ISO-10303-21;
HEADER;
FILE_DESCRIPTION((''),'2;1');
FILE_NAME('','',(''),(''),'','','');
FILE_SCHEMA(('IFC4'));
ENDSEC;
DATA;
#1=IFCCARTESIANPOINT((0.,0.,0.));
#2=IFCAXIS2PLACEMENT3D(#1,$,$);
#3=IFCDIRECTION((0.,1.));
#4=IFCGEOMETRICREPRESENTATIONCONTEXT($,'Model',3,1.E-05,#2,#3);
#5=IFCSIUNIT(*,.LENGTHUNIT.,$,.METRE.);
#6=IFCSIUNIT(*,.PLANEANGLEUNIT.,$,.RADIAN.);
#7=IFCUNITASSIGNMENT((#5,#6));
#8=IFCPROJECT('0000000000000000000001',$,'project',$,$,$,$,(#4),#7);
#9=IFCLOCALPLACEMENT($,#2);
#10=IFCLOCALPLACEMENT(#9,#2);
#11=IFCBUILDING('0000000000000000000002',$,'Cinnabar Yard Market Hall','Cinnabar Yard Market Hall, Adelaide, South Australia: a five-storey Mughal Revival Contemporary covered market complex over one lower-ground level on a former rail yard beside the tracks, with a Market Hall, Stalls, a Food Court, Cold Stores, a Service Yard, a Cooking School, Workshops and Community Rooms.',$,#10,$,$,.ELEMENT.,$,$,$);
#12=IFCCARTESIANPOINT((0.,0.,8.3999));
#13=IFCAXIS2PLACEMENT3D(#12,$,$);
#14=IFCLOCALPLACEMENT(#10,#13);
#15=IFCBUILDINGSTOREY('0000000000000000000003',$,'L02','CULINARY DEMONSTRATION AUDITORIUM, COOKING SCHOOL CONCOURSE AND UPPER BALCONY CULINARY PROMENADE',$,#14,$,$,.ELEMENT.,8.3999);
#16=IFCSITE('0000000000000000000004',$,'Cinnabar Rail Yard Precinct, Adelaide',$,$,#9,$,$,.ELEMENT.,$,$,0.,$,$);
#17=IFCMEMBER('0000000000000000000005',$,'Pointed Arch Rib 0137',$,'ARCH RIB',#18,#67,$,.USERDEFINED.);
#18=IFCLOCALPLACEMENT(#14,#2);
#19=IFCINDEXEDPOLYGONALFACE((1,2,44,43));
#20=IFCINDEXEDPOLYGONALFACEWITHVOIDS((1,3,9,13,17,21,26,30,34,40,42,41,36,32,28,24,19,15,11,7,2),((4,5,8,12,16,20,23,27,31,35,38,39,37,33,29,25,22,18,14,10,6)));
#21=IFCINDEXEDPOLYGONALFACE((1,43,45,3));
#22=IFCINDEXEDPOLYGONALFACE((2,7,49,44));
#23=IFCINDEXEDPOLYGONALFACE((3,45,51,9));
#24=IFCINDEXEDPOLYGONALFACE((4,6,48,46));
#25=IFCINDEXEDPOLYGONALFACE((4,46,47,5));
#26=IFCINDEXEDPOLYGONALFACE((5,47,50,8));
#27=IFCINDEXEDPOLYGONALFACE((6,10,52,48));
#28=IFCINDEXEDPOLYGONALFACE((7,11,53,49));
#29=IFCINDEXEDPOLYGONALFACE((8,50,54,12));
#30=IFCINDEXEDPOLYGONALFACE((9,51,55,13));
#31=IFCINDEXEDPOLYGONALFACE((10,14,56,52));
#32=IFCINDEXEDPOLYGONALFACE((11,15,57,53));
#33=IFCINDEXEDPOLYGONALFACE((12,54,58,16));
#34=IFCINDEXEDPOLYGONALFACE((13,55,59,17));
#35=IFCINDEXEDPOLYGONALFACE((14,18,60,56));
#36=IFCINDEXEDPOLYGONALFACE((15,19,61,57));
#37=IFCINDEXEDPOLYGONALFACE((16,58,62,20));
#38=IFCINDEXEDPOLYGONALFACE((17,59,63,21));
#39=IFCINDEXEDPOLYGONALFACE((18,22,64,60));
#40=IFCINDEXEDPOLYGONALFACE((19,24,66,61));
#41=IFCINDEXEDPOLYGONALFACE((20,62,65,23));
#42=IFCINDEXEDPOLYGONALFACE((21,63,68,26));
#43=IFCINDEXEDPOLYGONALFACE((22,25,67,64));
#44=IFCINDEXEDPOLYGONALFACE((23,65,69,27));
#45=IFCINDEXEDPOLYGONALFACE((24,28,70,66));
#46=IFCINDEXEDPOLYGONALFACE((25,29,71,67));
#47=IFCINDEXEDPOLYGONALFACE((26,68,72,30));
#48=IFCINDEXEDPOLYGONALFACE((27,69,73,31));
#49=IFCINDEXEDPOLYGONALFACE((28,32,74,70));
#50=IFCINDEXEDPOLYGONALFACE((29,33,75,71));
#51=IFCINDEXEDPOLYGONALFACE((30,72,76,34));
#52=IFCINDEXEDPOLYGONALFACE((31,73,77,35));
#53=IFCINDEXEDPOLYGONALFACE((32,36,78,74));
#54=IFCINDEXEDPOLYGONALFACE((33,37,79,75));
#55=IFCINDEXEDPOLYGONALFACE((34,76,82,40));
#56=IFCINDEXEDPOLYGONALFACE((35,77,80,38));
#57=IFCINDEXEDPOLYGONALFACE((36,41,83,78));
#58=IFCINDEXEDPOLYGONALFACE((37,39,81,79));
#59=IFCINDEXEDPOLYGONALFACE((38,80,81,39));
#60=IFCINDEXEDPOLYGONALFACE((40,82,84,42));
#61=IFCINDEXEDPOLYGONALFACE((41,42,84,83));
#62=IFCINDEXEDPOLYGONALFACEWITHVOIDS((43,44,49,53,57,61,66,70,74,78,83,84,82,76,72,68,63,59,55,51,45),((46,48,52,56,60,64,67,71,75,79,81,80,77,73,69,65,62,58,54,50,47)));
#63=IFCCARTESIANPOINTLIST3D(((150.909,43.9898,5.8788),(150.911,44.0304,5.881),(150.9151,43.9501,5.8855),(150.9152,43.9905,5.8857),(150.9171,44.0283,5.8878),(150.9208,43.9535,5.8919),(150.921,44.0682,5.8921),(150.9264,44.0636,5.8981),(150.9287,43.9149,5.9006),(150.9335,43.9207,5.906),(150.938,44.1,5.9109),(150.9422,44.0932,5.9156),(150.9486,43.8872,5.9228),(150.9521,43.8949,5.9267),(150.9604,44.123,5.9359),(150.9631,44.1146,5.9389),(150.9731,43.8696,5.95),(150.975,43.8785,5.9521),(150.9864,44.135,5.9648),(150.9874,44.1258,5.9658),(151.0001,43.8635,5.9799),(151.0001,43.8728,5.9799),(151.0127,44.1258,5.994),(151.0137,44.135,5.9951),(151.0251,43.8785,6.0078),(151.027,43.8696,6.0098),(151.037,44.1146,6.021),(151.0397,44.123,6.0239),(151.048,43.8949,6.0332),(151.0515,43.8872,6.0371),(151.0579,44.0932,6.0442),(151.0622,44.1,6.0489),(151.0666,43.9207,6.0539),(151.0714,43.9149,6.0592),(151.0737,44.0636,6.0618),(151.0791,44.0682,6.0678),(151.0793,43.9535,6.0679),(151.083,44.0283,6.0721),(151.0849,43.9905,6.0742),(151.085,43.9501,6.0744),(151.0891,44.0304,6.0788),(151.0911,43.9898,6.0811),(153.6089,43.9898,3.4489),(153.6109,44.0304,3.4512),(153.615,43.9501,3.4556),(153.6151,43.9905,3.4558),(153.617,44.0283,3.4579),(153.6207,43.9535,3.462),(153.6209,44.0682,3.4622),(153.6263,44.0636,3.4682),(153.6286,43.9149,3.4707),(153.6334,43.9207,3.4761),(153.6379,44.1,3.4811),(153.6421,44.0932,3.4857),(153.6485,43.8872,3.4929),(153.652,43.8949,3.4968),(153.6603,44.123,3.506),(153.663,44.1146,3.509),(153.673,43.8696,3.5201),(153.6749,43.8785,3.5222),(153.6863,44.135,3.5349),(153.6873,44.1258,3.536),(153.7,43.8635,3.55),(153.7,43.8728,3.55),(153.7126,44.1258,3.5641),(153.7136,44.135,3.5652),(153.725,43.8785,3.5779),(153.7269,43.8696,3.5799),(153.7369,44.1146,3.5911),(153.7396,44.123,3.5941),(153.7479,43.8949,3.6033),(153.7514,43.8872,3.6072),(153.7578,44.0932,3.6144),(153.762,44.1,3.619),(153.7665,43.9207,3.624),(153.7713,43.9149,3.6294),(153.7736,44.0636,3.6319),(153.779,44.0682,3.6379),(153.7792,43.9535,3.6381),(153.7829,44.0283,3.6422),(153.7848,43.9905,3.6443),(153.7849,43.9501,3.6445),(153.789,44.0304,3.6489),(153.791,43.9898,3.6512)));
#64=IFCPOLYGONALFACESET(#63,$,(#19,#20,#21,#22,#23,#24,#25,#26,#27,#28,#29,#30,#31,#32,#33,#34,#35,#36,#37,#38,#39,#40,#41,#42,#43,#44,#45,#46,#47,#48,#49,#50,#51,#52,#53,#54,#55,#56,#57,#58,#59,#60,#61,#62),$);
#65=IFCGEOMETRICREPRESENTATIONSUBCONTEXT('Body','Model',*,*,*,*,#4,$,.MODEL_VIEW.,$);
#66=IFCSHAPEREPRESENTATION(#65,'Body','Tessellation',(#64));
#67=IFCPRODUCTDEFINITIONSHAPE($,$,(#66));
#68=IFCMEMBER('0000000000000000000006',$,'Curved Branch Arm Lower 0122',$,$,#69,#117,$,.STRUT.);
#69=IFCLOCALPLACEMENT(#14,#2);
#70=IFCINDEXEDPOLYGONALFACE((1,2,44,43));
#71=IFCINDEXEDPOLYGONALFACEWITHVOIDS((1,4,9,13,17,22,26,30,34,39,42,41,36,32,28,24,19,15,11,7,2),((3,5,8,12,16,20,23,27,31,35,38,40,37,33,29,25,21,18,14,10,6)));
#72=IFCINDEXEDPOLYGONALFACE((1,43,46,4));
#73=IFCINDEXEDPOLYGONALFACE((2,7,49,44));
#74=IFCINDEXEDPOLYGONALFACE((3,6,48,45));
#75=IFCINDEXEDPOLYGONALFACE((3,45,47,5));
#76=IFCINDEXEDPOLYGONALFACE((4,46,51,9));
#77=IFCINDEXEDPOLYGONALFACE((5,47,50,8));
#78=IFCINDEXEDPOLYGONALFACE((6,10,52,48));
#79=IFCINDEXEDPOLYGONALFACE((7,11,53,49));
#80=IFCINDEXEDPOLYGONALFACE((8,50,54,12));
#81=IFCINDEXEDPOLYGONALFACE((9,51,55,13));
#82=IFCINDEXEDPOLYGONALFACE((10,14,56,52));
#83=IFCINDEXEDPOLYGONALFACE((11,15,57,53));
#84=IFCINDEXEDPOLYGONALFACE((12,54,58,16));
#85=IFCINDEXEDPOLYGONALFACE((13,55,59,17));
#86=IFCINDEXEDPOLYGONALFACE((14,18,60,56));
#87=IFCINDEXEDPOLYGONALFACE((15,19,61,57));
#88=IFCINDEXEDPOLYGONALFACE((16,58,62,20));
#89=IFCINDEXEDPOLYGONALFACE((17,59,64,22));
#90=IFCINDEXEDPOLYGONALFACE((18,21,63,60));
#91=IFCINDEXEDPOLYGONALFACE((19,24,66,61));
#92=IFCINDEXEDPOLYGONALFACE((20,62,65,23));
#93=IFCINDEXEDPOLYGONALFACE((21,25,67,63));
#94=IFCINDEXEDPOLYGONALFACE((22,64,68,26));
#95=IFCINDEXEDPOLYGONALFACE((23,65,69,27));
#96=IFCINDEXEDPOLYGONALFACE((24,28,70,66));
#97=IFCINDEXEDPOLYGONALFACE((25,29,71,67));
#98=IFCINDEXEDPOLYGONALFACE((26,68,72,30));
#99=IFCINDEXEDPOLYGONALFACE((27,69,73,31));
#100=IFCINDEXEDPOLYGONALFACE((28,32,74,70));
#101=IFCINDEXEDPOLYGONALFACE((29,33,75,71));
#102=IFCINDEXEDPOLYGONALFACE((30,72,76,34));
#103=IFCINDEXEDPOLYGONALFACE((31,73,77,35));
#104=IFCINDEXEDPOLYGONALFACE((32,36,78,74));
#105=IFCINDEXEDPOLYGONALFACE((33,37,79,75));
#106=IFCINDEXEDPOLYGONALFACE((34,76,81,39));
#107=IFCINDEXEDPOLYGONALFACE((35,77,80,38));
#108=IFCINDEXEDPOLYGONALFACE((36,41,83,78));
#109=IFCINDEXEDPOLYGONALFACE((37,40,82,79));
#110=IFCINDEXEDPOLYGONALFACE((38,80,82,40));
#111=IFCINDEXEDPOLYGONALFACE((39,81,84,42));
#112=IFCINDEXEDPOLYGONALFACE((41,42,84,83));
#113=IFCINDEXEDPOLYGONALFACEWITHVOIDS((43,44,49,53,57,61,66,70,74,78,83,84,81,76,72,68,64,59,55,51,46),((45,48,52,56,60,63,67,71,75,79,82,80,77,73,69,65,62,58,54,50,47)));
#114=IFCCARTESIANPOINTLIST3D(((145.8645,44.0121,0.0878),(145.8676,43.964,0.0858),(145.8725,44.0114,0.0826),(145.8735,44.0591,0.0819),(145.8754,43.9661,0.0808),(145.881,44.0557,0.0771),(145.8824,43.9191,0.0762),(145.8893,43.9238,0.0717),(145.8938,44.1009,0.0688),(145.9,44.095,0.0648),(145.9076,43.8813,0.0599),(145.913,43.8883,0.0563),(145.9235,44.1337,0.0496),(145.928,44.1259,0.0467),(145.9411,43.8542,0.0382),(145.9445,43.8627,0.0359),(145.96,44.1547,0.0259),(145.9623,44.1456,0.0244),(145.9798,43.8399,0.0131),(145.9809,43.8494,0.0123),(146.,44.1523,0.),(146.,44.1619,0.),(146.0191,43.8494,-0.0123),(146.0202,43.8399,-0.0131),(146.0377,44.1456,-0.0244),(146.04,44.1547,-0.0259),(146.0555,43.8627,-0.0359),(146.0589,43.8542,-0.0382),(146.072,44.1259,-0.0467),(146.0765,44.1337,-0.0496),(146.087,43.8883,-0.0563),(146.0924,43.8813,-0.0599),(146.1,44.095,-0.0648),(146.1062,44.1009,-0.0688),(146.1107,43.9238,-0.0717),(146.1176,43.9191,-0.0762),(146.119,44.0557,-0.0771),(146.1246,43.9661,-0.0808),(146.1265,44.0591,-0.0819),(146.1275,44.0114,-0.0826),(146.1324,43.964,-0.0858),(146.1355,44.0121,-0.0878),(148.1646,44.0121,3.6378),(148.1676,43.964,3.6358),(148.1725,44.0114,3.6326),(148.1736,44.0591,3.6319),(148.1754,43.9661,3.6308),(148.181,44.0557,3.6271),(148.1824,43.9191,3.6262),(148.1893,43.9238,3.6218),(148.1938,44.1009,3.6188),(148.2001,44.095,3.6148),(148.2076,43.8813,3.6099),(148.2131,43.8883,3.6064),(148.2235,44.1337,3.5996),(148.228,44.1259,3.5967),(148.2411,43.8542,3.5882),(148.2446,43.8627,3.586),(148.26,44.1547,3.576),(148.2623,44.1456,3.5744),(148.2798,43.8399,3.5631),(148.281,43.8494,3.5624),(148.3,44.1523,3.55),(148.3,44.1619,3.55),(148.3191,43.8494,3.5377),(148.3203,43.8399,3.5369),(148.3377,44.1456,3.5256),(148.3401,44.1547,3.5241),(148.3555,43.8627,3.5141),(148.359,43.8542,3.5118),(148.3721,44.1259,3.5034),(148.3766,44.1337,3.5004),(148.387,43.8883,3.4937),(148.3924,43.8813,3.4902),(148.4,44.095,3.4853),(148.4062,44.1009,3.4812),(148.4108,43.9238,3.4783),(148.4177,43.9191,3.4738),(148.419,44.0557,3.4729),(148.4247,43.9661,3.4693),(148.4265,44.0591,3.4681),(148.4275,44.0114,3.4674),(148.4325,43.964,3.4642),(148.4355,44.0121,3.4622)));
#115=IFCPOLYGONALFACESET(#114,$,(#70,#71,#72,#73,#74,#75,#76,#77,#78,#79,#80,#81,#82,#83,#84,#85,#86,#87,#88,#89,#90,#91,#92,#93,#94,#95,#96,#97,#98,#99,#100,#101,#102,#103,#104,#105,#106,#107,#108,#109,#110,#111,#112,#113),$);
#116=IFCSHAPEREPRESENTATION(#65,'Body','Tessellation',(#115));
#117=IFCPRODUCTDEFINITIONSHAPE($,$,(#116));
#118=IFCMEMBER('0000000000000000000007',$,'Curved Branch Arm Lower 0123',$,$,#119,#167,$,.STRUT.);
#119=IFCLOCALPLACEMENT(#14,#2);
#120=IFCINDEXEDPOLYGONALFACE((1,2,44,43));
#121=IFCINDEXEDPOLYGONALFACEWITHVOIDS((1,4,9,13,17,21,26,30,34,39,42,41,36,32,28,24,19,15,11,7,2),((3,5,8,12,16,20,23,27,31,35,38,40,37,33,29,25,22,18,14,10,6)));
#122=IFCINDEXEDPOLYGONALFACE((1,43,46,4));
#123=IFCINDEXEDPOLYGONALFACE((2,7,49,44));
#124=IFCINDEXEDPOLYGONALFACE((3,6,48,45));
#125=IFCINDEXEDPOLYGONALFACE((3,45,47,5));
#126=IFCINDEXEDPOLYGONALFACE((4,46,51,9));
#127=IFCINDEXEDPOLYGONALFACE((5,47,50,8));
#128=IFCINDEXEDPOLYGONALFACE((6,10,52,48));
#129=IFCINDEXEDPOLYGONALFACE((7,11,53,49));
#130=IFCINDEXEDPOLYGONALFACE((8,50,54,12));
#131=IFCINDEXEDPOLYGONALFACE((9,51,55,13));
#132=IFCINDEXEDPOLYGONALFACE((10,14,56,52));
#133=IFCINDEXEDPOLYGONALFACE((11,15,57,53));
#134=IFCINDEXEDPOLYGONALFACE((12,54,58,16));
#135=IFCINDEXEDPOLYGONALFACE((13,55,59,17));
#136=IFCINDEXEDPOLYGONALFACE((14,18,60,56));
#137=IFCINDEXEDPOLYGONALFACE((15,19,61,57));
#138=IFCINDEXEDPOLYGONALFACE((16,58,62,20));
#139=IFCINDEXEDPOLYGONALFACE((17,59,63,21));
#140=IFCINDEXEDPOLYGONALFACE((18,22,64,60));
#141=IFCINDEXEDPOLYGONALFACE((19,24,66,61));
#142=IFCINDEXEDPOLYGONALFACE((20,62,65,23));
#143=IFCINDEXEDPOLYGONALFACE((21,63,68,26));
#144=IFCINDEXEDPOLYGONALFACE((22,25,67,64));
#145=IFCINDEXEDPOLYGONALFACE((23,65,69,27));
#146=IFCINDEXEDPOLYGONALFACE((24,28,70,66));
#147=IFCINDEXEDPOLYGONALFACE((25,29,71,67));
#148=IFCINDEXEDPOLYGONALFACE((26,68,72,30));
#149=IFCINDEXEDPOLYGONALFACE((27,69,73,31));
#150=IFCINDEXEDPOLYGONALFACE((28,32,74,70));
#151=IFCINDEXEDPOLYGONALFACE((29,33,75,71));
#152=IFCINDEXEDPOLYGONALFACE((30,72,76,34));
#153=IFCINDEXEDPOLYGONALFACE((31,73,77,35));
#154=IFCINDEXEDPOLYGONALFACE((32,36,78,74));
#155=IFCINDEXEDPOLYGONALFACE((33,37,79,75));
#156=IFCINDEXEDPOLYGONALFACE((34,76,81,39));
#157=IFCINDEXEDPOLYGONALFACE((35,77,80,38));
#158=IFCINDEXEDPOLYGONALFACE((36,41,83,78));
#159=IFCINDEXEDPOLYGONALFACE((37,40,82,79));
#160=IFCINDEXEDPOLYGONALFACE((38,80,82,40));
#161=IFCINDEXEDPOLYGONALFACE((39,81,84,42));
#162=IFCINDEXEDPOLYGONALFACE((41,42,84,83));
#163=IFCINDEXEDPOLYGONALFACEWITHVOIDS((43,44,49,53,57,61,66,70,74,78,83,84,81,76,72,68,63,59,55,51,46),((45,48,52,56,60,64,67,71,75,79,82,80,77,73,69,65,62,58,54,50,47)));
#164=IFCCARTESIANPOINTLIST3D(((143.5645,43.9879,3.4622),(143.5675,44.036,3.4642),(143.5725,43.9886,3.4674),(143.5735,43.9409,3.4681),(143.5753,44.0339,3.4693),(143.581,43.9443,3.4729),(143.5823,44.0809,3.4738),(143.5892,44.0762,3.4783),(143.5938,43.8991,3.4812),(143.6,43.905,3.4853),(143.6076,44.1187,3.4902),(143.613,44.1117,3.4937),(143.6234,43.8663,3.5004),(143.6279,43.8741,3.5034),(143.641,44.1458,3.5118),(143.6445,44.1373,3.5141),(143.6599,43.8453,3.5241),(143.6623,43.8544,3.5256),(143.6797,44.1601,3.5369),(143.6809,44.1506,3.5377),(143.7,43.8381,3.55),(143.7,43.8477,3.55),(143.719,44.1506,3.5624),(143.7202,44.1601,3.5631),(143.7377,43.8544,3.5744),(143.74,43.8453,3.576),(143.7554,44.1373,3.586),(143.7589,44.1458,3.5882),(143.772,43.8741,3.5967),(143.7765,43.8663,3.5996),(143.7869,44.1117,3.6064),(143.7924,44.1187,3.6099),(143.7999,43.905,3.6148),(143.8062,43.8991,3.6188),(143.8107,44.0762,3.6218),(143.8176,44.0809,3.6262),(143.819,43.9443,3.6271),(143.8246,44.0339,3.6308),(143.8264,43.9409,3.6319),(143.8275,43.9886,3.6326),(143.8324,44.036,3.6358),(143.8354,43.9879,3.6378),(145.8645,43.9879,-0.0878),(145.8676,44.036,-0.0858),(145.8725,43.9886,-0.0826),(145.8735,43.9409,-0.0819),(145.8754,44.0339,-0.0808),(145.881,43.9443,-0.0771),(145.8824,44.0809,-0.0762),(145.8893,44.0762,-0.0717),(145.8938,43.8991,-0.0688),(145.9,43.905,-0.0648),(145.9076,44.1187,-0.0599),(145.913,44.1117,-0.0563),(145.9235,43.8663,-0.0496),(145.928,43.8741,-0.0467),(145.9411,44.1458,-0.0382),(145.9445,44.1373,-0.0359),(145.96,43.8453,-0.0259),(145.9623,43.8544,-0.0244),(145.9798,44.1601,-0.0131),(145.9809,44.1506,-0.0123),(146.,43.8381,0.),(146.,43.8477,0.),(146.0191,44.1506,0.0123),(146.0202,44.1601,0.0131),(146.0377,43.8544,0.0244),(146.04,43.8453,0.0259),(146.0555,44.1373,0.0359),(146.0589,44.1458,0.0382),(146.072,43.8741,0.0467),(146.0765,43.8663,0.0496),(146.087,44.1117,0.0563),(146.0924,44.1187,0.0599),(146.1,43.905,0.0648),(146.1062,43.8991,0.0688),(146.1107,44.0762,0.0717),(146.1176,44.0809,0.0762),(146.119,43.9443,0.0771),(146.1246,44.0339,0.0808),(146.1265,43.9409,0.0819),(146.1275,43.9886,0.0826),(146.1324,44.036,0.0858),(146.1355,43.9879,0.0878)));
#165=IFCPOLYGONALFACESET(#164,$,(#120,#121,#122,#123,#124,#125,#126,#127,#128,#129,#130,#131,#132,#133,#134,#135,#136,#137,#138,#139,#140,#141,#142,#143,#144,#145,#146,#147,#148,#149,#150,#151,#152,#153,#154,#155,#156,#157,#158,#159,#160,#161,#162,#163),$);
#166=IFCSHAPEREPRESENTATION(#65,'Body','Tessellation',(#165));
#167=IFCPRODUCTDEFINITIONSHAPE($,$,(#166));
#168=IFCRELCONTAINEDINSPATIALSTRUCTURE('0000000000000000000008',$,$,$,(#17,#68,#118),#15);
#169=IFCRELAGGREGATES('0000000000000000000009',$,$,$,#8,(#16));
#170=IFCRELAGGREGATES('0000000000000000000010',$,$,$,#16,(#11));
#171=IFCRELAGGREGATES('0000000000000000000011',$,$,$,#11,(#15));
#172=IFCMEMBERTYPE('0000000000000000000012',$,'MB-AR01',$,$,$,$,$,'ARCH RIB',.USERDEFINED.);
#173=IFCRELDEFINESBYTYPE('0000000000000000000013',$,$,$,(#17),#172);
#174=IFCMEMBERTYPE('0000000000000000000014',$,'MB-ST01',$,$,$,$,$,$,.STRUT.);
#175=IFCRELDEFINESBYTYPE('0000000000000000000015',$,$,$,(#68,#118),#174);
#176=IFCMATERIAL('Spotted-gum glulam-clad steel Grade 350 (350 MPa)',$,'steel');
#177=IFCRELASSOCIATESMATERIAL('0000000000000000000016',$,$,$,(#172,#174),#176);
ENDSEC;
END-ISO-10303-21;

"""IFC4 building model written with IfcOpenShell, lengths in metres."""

from ifc_helpers import new_model, si_unit, direction, frame, origin, origin_2d_with_axis, place, context, subcontext, project, spatial, hollow_circle, extrude, material, material_profile, profile_set, type_object, element, save


model = new_model("IFC4")

# Units and contexts
model_context = context("Model", 3, precision=1e-05, world=origin(), true_north=direction((0.0, 1.0)))
body_context = subcontext(model_context, "Body", "Model", "MODEL_VIEW")
ifc_project = project(units=[si_unit("LENGTHUNIT", "METRE"), si_unit("PLANEANGLEUNIT", "RADIAN")], contexts=[model_context])

# Site, building, storey
site_placement = place(None, origin())
site = spatial("IfcSite", under=ifc_project, at=site_placement, Name="Cinnabar Rail Yard Precinct, Adelaide", CompositionType="ELEMENT", RefElevation=0.0)
building_placement = place(site_placement, origin())
building = spatial("IfcBuilding", under=site, at=building_placement, Name="Cinnabar Yard Market Hall", Description="Cinnabar Yard Market Hall, Adelaide, South Australia: a five-storey Mughal Revival Contemporary covered market complex over one lower-ground level on a former rail yard beside the tracks, with a Market Hall, Stalls, a Food Court, Cold Stores, a Service Yard, a Cooking School, Workshops and Community Rooms.", CompositionType="ELEMENT")
storey_placement = place(building_placement, frame((0.0, 0.0, 8.3999)))
storey = spatial("IfcBuildingStorey", under=building, at=storey_placement, Name="L02", Description="CULINARY DEMONSTRATION AUDITORIUM, COOKING SCHOOL CONCOURSE AND UPPER BALCONY CULINARY PROMENADE", CompositionType="ELEMENT", Elevation=8.3999)

# Shared definitions
ifc_material_1 = material(Name="Spotted-gum glulam-clad steel Grade 350 (350 MPa)", Category="steel")

# Members
ifc_material_profile_1 = material_profile(ifc_material_1, hollow_circle(Radius=0.1365, WallThickness=0.0093, at=origin_2d_with_axis()), Name="273.1x9.3CHS")
ifc_profile_set_1 = profile_set([ifc_material_profile_1], Name="Spotted-gum glulam-clad steel Grade 350 (350 MPa)")
member_type_1 = type_object("IfcMemberType", Name="MB-AR01", ElementType="ARCH RIB", PredefinedType="USERDEFINED", material=ifc_profile_set_1)
for number, where, z_axis, x_axis, name in (
    (1, (153.7, 44.0, 3.55), (-0.743297, 0.0, 0.668961), (0.0, -1.0, 0.0), "Pointed Arch Rib 0137"),
):
    element("IfcMember", number, at=place(storey_placement, frame(where, z_axis=z_axis, x_axis=x_axis)), inside=storey, type_object=member_type_1, Name=name, ObjectType="ARCH RIB", PredefinedType="USERDEFINED", context=body_context, shape_type="SweptSolid", body=[
        extrude(hollow_circle(Radius=0.1365, WallThickness=0.0093, at=origin_2d_with_axis()), origin(), (0.0, 0.0, 1.0), 3.6323),
    ])
ifc_material_profile_2 = material_profile(ifc_material_1, hollow_circle(Radius=0.1619, WallThickness=0.0095, at=origin_2d_with_axis()), Name="323.9x9.5CHS")
ifc_profile_set_2 = profile_set([ifc_material_profile_2], Name="Spotted-gum glulam-clad steel Grade 350 (350 MPa)")
member_type_2 = type_object("IfcMemberType", Name="MB-ST01", PredefinedType="STRUT", material=ifc_profile_set_2)
for number, where, z_axis, x_axis, name in (
    (2, (146.0, 44.0, 0.0), (0.543744, 0.0, 0.839251), (0.0, 1.0, 0.0), "Curved Branch Arm Lower 0122"),
    (3, (146.0, 44.0, 0.0), (-0.543744, 0.0, 0.839251), (0.0, -1.0, 0.0), "Curved Branch Arm Lower 0123"),
):
    element("IfcMember", number, at=place(storey_placement, frame(where, z_axis=z_axis, x_axis=x_axis)), inside=storey, type_object=member_type_2, Name=name, PredefinedType="STRUT", context=body_context, shape_type="SweptSolid", body=[
        extrude(hollow_circle(Radius=0.1619, WallThickness=0.0095, at=origin_2d_with_axis()), origin(), (0.0, 0.0, 1.0), 4.23),
    ])

save(model, "model.ifc")
